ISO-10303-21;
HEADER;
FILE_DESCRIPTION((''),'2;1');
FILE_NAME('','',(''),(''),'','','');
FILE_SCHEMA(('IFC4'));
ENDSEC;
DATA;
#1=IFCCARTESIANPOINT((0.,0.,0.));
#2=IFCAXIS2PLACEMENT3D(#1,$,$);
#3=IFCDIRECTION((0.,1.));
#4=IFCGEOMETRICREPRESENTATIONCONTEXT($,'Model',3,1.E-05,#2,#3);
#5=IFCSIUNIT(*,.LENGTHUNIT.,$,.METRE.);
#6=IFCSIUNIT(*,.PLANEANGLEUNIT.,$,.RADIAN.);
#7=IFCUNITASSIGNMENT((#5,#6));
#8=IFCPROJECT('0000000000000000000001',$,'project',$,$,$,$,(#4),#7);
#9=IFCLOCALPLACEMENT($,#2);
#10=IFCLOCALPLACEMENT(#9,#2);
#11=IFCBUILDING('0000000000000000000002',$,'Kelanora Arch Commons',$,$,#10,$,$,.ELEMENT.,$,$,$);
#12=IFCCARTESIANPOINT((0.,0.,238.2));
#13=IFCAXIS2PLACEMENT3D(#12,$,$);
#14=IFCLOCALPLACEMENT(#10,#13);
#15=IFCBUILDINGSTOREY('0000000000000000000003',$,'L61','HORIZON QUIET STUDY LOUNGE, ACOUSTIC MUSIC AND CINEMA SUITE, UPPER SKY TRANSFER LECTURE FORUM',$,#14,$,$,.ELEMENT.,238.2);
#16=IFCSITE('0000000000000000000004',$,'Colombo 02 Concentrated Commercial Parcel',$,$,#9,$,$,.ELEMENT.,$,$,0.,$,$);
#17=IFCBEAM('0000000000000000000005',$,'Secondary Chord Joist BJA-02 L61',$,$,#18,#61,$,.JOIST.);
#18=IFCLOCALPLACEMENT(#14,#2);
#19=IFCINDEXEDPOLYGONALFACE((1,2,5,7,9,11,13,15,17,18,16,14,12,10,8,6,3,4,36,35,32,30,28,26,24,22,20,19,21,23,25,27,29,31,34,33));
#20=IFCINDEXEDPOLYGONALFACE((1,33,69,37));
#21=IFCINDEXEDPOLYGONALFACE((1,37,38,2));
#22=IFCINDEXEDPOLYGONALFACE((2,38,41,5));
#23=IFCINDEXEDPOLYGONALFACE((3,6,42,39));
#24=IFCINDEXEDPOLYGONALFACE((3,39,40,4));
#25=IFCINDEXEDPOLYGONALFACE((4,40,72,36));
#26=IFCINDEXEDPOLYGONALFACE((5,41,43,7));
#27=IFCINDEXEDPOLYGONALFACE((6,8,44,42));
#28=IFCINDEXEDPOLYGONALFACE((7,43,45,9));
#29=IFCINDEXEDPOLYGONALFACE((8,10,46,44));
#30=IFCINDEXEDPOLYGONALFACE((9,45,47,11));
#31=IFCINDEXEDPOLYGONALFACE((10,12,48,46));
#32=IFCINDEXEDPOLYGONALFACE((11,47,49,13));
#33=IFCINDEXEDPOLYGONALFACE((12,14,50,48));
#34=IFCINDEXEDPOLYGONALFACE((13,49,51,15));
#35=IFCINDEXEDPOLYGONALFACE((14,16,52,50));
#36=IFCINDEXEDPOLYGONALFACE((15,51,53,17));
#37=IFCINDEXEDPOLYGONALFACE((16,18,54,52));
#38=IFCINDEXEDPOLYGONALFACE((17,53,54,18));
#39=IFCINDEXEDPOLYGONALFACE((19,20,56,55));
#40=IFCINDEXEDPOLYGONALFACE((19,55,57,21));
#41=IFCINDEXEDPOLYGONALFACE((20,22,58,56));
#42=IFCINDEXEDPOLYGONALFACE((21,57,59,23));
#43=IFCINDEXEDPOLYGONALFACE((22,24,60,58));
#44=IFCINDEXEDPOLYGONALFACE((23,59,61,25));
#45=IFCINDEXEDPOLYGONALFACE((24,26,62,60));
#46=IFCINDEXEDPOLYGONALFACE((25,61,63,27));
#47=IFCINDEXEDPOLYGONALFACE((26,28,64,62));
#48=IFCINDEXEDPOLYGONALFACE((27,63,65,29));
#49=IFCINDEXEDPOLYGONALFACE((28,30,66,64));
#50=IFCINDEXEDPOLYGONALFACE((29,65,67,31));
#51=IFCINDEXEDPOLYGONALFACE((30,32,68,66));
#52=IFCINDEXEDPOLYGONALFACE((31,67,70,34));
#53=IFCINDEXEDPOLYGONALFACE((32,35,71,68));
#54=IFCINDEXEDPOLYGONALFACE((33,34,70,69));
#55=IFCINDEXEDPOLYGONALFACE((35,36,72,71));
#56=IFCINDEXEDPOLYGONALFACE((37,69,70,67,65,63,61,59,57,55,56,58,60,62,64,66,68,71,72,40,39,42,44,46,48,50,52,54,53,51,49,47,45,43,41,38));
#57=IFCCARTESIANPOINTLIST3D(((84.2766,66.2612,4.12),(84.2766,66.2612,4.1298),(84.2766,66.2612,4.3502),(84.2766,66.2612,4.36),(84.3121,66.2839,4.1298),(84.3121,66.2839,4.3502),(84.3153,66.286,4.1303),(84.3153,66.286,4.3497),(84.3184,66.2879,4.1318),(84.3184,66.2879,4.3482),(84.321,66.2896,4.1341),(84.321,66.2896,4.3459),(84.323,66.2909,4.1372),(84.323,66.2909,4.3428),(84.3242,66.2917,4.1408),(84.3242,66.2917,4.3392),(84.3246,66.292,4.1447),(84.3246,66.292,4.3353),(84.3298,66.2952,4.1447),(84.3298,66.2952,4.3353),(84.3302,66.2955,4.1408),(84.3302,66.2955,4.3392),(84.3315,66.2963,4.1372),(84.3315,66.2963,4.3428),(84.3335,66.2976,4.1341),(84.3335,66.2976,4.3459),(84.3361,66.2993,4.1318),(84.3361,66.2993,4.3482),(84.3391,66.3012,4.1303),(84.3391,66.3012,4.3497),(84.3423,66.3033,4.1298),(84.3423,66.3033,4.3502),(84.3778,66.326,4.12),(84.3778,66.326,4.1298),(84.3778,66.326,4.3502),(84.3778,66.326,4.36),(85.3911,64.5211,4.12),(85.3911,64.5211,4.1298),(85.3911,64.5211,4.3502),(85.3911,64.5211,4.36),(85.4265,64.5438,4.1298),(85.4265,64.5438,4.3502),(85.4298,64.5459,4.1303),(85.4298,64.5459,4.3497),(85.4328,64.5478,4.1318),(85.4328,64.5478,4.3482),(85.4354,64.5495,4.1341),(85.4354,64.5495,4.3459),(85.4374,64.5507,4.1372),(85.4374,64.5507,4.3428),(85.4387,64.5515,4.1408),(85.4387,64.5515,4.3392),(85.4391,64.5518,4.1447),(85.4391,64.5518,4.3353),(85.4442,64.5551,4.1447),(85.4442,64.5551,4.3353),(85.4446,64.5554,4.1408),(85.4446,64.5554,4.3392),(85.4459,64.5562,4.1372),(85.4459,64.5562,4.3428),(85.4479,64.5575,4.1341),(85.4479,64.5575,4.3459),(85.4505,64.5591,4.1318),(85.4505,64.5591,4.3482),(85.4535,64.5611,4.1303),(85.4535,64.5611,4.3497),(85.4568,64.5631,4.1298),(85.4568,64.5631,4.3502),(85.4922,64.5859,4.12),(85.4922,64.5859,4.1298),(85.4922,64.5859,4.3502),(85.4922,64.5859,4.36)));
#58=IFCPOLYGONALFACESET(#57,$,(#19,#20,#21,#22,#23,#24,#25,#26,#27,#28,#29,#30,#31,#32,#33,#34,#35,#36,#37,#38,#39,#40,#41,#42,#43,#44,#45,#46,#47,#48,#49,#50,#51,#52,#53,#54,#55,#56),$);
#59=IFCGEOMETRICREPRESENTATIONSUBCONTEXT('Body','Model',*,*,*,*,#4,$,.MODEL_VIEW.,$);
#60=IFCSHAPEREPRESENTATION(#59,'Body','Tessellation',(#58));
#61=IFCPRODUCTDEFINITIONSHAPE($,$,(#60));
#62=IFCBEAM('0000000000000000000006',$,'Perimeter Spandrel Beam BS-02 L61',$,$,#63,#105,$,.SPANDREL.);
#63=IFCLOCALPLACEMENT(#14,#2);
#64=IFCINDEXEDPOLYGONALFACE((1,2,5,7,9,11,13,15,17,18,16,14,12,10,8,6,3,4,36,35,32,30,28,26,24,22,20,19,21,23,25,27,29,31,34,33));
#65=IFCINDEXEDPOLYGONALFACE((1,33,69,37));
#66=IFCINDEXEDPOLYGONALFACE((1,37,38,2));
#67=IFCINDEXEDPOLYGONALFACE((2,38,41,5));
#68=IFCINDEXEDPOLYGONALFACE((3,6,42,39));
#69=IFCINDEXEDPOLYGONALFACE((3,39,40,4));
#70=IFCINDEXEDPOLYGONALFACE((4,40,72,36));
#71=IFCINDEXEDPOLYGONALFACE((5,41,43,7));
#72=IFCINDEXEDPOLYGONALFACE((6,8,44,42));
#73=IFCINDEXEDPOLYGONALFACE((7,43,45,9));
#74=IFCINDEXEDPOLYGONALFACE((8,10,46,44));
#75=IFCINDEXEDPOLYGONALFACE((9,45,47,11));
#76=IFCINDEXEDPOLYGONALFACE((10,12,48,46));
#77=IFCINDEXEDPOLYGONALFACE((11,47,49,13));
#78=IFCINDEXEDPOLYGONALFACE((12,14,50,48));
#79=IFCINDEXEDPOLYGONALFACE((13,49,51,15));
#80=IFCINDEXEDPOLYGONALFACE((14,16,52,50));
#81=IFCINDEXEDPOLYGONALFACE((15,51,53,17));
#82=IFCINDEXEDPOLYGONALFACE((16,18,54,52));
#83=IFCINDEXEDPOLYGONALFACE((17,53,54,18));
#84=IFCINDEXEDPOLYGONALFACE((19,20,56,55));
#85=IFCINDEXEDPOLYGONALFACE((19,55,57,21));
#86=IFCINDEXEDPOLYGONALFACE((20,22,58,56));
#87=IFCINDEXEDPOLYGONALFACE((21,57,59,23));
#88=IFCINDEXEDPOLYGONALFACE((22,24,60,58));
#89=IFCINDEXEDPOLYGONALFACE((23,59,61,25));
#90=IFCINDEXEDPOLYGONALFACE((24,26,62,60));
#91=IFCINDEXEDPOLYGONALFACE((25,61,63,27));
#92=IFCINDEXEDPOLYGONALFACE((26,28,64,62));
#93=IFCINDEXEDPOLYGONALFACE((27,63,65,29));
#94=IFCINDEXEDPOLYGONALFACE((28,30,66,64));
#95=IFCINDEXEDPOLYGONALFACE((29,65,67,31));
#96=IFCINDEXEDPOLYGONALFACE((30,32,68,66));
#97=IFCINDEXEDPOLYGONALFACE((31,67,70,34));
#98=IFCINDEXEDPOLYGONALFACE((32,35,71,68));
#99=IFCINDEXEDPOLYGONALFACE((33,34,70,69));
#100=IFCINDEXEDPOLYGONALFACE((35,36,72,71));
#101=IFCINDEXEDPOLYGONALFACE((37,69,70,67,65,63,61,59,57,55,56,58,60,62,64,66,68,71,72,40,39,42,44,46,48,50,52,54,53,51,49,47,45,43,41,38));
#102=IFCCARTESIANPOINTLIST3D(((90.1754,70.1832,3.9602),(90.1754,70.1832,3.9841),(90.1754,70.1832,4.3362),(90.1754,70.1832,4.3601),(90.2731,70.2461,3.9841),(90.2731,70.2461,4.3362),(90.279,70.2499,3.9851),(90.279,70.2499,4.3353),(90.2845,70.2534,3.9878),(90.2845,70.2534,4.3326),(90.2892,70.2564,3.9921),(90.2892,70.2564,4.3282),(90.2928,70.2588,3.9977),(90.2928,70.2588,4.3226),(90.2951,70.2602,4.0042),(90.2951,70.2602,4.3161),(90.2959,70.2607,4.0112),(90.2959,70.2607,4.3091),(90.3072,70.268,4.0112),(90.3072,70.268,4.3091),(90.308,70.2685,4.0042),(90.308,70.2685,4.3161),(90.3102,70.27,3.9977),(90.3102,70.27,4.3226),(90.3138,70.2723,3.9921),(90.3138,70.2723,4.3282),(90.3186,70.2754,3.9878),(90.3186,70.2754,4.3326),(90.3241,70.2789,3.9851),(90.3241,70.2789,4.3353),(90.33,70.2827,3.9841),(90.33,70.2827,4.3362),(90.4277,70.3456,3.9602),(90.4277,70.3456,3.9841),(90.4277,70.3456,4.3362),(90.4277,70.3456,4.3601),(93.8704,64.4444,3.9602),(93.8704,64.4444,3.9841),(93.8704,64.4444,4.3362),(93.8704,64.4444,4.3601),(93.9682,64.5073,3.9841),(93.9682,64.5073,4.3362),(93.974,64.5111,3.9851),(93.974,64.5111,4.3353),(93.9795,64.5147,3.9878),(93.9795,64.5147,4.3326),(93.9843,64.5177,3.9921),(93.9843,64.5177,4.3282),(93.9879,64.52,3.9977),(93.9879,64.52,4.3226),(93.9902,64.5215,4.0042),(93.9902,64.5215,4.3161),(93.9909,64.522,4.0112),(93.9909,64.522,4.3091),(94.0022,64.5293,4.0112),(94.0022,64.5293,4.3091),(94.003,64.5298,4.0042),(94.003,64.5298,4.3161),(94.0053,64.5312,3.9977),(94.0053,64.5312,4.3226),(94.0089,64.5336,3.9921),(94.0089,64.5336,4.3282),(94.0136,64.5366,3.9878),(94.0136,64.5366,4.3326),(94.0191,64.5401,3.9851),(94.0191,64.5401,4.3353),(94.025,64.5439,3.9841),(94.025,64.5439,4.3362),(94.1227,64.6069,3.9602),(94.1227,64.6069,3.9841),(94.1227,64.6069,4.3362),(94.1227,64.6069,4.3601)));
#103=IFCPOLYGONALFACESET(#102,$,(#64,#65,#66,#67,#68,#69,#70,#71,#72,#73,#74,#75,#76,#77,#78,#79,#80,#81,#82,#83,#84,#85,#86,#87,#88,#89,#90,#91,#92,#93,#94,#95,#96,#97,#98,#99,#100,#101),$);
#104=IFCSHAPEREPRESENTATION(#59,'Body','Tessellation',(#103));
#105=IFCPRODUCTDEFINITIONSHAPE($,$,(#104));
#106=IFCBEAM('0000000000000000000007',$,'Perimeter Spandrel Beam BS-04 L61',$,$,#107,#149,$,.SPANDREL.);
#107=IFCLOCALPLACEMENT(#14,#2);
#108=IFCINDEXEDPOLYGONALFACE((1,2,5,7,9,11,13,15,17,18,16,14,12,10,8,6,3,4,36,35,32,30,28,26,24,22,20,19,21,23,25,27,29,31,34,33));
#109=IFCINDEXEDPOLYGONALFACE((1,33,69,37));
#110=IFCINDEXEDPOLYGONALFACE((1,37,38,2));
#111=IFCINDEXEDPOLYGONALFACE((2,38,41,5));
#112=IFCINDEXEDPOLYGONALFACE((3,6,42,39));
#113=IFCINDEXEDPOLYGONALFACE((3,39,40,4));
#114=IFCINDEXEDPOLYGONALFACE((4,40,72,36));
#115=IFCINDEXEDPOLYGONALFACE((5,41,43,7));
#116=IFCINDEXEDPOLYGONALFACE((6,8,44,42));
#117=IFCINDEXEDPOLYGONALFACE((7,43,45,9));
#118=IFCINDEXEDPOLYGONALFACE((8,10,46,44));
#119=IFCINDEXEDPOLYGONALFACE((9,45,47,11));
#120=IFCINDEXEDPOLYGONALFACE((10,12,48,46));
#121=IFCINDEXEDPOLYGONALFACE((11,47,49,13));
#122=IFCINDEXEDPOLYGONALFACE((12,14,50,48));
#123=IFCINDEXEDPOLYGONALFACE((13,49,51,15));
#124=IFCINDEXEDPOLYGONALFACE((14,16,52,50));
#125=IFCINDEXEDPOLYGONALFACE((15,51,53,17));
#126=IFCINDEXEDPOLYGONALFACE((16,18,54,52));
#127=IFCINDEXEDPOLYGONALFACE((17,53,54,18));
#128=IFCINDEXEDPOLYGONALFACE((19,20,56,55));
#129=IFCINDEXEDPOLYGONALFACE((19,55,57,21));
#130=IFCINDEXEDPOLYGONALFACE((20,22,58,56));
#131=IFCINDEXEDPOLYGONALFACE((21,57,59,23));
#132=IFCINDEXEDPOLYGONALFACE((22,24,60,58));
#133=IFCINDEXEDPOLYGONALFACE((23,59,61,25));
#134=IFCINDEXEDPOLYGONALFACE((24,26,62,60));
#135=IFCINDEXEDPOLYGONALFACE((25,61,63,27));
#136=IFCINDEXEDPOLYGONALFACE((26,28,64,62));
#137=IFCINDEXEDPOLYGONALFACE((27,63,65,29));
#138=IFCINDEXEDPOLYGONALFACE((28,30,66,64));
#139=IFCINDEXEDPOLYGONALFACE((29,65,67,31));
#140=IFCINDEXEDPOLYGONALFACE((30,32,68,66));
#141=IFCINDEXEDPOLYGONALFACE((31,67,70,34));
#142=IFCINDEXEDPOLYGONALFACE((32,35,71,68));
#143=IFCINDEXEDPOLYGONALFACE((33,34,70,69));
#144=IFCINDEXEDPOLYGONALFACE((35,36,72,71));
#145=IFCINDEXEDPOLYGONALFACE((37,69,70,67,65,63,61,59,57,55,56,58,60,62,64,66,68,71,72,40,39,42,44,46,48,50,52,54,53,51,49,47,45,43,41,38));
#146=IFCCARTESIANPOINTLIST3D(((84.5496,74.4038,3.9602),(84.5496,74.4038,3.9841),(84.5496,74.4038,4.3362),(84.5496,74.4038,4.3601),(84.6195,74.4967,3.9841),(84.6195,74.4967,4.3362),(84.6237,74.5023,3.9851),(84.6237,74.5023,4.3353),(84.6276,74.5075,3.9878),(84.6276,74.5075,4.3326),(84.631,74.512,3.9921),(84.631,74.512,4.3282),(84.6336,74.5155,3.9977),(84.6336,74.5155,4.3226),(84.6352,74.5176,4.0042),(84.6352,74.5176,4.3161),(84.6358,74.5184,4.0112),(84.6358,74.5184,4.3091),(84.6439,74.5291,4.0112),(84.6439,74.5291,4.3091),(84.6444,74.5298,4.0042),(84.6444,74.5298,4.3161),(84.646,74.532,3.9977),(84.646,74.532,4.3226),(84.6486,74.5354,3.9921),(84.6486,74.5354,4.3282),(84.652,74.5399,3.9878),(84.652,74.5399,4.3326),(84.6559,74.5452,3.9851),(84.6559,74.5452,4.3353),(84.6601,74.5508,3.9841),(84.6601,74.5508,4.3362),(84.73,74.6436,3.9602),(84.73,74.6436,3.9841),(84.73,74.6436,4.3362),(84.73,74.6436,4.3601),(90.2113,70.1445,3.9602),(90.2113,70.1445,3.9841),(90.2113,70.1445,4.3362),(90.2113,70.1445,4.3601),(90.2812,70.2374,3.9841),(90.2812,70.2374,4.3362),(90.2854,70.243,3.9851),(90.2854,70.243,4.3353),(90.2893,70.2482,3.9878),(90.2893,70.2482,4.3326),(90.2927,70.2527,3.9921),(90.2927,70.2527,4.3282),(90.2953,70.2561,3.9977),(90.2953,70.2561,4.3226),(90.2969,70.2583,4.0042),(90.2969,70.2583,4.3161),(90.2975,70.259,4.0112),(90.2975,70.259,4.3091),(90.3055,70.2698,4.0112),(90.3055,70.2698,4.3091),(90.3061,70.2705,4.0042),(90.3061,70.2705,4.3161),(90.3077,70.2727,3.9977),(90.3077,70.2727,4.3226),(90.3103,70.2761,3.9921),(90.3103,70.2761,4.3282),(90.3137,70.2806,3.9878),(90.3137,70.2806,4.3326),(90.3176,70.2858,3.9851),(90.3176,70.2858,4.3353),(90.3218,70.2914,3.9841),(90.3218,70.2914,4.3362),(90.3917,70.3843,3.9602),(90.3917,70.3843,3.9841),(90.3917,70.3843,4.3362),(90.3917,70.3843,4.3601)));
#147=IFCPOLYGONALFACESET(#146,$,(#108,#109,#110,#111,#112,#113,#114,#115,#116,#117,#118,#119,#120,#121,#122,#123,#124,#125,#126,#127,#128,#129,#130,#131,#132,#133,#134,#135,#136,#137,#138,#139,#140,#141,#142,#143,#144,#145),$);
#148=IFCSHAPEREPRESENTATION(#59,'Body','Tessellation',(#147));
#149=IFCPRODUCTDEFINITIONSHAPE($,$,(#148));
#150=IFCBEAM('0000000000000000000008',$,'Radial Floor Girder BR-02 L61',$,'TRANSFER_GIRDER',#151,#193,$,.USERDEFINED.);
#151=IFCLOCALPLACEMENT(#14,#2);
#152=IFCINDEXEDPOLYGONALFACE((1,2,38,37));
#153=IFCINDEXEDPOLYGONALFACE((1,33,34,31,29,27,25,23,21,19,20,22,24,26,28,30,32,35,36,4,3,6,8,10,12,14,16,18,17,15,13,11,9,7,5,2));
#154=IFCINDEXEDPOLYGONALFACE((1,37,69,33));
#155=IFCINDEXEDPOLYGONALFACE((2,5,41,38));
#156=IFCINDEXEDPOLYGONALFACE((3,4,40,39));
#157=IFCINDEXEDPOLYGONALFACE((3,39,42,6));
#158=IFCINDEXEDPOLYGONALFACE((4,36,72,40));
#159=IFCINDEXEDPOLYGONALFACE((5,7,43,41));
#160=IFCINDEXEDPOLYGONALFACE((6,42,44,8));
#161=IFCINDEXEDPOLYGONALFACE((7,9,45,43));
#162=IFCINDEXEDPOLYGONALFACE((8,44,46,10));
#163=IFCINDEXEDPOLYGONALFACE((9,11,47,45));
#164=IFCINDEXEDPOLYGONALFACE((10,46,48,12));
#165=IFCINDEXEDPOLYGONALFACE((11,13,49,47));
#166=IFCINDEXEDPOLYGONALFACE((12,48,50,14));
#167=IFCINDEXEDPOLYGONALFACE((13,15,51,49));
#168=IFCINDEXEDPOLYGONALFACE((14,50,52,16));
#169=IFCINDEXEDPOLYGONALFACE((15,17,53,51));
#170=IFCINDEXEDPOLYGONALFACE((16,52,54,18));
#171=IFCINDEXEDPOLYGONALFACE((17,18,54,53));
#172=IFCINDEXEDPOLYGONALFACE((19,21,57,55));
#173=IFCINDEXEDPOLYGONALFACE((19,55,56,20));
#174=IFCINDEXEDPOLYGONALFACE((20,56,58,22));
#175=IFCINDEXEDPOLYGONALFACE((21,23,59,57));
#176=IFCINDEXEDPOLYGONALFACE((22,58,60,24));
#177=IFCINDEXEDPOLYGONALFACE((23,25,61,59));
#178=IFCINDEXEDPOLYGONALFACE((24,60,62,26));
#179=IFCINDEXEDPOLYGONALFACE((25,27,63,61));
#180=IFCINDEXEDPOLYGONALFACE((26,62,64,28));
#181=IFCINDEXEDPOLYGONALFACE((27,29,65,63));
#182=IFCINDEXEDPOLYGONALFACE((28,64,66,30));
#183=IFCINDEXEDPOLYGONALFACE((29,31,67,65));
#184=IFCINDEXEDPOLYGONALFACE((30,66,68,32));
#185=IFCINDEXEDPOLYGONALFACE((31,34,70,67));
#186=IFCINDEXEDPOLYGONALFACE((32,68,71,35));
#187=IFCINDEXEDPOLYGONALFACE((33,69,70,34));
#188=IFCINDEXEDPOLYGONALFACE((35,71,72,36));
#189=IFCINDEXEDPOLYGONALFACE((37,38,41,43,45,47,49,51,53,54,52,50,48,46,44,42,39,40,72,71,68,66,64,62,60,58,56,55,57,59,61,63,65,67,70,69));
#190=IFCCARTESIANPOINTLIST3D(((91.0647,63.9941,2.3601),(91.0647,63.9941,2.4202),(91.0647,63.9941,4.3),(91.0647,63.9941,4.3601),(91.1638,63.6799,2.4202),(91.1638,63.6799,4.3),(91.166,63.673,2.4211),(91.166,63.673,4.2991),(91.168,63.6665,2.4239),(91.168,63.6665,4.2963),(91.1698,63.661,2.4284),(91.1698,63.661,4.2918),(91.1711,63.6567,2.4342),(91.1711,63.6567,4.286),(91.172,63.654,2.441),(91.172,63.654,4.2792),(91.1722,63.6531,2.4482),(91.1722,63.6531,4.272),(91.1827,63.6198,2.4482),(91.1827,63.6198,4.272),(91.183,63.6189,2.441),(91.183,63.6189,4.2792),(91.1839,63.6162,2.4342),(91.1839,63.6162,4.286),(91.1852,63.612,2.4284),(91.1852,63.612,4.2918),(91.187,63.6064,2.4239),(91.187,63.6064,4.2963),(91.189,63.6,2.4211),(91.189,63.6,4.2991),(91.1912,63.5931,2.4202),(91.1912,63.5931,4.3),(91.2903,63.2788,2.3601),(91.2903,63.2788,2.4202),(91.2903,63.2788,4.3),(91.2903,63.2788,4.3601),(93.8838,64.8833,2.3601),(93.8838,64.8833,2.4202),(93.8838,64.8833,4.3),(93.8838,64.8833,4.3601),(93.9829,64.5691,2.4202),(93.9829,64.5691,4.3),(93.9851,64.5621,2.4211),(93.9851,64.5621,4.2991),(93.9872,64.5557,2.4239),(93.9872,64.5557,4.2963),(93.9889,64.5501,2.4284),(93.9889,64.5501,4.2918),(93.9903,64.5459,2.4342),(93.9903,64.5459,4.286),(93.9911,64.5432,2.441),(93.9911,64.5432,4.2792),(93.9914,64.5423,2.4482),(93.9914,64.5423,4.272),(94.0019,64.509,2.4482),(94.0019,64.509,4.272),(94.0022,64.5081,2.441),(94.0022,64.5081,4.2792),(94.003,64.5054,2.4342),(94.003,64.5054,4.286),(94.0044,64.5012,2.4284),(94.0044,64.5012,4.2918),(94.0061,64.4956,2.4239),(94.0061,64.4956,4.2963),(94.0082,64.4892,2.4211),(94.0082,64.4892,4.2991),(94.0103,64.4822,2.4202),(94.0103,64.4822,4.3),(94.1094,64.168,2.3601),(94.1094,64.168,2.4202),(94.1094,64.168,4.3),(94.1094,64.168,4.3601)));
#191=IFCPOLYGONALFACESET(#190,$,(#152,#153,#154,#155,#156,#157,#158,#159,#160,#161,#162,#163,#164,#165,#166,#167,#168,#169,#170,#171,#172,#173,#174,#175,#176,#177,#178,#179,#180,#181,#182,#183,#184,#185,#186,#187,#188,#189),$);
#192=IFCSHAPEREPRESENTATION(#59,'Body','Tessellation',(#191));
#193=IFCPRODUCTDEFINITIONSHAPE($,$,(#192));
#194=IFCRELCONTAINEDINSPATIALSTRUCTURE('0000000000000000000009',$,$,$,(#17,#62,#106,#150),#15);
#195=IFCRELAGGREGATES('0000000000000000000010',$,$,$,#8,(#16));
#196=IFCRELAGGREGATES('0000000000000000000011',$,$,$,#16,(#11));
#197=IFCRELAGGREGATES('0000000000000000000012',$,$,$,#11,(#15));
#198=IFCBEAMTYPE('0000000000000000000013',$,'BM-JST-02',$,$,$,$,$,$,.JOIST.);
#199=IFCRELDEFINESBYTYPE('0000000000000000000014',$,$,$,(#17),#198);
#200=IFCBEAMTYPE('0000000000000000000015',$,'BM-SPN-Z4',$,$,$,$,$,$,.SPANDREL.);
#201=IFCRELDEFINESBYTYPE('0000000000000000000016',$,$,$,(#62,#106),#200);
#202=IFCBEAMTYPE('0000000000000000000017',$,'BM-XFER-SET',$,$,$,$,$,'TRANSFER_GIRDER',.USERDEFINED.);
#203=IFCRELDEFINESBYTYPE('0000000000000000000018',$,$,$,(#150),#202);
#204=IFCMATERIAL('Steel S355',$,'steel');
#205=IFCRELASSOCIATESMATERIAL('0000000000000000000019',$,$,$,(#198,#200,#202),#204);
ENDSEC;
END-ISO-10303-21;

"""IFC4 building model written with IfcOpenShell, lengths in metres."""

from ifc_helpers import new_model, si_unit, direction, frame, origin, origin_2d, place, context, subcontext, project, spatial, i_section, extrude, material, material_profile, profile_set, type_object, element, save


model = new_model("IFC4")

# Units and contexts
model_context = context("Model", 3, precision=1e-05, world=origin(), true_north=direction((0.0, 1.0)))
body_context = subcontext(model_context, "Body", "Model", "MODEL_VIEW")
ifc_project = project(units=[si_unit("LENGTHUNIT", "METRE"), si_unit("PLANEANGLEUNIT", "RADIAN")], contexts=[model_context])

# Site, building, storey
site_placement = place(None, origin())
site = spatial("IfcSite", under=ifc_project, at=site_placement, Name="Colombo 02 Concentrated Commercial Parcel", CompositionType="ELEMENT", RefElevation=0.0)
building_placement = place(site_placement, origin())
building = spatial("IfcBuilding", under=site, at=building_placement, Name="Kelanora Arch Commons", CompositionType="ELEMENT")
storey_placement = place(building_placement, frame((0.0, 0.0, 238.2)))
storey = spatial("IfcBuildingStorey", under=building, at=storey_placement, Name="L61", Description="HORIZON QUIET STUDY LOUNGE, ACOUSTIC MUSIC AND CINEMA SUITE, UPPER SKY TRANSFER LECTURE FORUM", CompositionType="ELEMENT", Elevation=238.2)

# Beams
ifc_material_1 = material(Name="Steel S355", Category="steel")
ifc_material_profile_1 = material_profile(ifc_material_1, i_section(OverallWidth=0.1201, OverallDepth=0.24, WebThickness=0.0061, FlangeThickness=0.0098, FilletRadius=0.0149, at=origin_2d()), Name="IPE240")
ifc_profile_set_1 = profile_set([ifc_material_profile_1], Name="Steel S355")
beam_type_1 = type_object("IfcBeamType", Name="BM-JST-02", PredefinedType="JOIST", material=ifc_profile_set_1)
beam_1_placement = place(storey_placement, frame((85.4417, 64.5535, 4.24), z_axis=(-0.539312, 0.842106, 0.0), x_axis=(-0.842106, -0.539312, 0.0)))
element("IfcBeam", 1, at=beam_1_placement, inside=storey, type_object=beam_type_1, Name="Secondary Chord Joist BJA-02 L61", PredefinedType="JOIST", context=body_context, shape_type="SweptSolid", body=[
    extrude(i_section(OverallWidth=0.1201, OverallDepth=0.24, WebThickness=0.0061, FlangeThickness=0.0098, FilletRadius=0.0149, at=origin_2d()), origin(), (0.0, 0.0, 1.0), 2.0664),
])
ifc_material_profile_2 = material_profile(ifc_material_1, i_section(OverallWidth=0.3, OverallDepth=0.3999, WebThickness=0.0134, FlangeThickness=0.0239, FilletRadius=0.0271, at=origin_2d()), Name="HEB400")
ifc_profile_set_2 = profile_set([ifc_material_profile_2], Name="Steel S355")
beam_type_2 = type_object("IfcBeamType", Name="BM-SPN-Z4", PredefinedType="SPANDREL", material=ifc_profile_set_2)
beam_2_placement = place(storey_placement, frame((93.9966, 64.5256, 4.1602), z_axis=(-0.541365, 0.840788, 0.0), x_axis=(-0.840788, -0.541365, 0.0)))
element("IfcBeam", 2, at=beam_2_placement, inside=storey, type_object=beam_type_2, Name="Perimeter Spandrel Beam BS-02 L61", PredefinedType="SPANDREL", context=body_context, shape_type="SweptSolid", body=[
    extrude(i_section(OverallWidth=0.3, OverallDepth=0.3999, WebThickness=0.0134, FlangeThickness=0.0239, FilletRadius=0.0271, at=origin_2d()), origin(), (0.0, 0.0, 1.0), 6.8254),
])
beam_3_placement = place(storey_placement, frame((90.3015, 70.2644, 4.1602), z_axis=(-0.799114, 0.601179, 0.0), x_axis=(-0.601179, -0.799114, 0.0)))
element("IfcBeam", 3, at=beam_3_placement, inside=storey, type_object=beam_type_2, Name="Perimeter Spandrel Beam BS-04 L61", PredefinedType="SPANDREL", context=body_context, shape_type="SweptSolid", body=[
    extrude(i_section(OverallWidth=0.3, OverallDepth=0.3999, WebThickness=0.0134, FlangeThickness=0.0239, FilletRadius=0.0271, at=origin_2d()), origin(), (0.0, 0.0, 1.0), 7.085),
])
ifc_material_profile_3 = material_profile(ifc_material_1, i_section(OverallWidth=0.75, OverallDepth=2.0, WebThickness=0.0349, FlangeThickness=0.0601, FilletRadius=0.0281, at=origin_2d()), Name="PG2000x750")
ifc_profile_set_3 = profile_set([ifc_material_profile_3], Name="Steel S355")
beam_type_3 = type_object("IfcBeamType", Name="BM-XFER-SET", ElementType="TRANSFER_GIRDER", PredefinedType="USERDEFINED", material=ifc_profile_set_3)
beam_4_placement = place(storey_placement, frame((91.1775, 63.6365, 3.3601), z_axis=(0.953687, 0.300799, 0.0), x_axis=(-0.300799, 0.953687, 0.0)))
element("IfcBeam", 4, at=beam_4_placement, inside=storey, type_object=beam_type_3, Name="Radial Floor Girder BR-02 L61", ObjectType="TRANSFER_GIRDER", PredefinedType="USERDEFINED", context=body_context, shape_type="SweptSolid", body=[
    extrude(i_section(OverallWidth=0.75, OverallDepth=2.0, WebThickness=0.0349, FlangeThickness=0.0601, FilletRadius=0.0281, at=origin_2d()), origin(), (0.0, 0.0, 1.0), 2.9561),
])

save(model, "model.ifc")
